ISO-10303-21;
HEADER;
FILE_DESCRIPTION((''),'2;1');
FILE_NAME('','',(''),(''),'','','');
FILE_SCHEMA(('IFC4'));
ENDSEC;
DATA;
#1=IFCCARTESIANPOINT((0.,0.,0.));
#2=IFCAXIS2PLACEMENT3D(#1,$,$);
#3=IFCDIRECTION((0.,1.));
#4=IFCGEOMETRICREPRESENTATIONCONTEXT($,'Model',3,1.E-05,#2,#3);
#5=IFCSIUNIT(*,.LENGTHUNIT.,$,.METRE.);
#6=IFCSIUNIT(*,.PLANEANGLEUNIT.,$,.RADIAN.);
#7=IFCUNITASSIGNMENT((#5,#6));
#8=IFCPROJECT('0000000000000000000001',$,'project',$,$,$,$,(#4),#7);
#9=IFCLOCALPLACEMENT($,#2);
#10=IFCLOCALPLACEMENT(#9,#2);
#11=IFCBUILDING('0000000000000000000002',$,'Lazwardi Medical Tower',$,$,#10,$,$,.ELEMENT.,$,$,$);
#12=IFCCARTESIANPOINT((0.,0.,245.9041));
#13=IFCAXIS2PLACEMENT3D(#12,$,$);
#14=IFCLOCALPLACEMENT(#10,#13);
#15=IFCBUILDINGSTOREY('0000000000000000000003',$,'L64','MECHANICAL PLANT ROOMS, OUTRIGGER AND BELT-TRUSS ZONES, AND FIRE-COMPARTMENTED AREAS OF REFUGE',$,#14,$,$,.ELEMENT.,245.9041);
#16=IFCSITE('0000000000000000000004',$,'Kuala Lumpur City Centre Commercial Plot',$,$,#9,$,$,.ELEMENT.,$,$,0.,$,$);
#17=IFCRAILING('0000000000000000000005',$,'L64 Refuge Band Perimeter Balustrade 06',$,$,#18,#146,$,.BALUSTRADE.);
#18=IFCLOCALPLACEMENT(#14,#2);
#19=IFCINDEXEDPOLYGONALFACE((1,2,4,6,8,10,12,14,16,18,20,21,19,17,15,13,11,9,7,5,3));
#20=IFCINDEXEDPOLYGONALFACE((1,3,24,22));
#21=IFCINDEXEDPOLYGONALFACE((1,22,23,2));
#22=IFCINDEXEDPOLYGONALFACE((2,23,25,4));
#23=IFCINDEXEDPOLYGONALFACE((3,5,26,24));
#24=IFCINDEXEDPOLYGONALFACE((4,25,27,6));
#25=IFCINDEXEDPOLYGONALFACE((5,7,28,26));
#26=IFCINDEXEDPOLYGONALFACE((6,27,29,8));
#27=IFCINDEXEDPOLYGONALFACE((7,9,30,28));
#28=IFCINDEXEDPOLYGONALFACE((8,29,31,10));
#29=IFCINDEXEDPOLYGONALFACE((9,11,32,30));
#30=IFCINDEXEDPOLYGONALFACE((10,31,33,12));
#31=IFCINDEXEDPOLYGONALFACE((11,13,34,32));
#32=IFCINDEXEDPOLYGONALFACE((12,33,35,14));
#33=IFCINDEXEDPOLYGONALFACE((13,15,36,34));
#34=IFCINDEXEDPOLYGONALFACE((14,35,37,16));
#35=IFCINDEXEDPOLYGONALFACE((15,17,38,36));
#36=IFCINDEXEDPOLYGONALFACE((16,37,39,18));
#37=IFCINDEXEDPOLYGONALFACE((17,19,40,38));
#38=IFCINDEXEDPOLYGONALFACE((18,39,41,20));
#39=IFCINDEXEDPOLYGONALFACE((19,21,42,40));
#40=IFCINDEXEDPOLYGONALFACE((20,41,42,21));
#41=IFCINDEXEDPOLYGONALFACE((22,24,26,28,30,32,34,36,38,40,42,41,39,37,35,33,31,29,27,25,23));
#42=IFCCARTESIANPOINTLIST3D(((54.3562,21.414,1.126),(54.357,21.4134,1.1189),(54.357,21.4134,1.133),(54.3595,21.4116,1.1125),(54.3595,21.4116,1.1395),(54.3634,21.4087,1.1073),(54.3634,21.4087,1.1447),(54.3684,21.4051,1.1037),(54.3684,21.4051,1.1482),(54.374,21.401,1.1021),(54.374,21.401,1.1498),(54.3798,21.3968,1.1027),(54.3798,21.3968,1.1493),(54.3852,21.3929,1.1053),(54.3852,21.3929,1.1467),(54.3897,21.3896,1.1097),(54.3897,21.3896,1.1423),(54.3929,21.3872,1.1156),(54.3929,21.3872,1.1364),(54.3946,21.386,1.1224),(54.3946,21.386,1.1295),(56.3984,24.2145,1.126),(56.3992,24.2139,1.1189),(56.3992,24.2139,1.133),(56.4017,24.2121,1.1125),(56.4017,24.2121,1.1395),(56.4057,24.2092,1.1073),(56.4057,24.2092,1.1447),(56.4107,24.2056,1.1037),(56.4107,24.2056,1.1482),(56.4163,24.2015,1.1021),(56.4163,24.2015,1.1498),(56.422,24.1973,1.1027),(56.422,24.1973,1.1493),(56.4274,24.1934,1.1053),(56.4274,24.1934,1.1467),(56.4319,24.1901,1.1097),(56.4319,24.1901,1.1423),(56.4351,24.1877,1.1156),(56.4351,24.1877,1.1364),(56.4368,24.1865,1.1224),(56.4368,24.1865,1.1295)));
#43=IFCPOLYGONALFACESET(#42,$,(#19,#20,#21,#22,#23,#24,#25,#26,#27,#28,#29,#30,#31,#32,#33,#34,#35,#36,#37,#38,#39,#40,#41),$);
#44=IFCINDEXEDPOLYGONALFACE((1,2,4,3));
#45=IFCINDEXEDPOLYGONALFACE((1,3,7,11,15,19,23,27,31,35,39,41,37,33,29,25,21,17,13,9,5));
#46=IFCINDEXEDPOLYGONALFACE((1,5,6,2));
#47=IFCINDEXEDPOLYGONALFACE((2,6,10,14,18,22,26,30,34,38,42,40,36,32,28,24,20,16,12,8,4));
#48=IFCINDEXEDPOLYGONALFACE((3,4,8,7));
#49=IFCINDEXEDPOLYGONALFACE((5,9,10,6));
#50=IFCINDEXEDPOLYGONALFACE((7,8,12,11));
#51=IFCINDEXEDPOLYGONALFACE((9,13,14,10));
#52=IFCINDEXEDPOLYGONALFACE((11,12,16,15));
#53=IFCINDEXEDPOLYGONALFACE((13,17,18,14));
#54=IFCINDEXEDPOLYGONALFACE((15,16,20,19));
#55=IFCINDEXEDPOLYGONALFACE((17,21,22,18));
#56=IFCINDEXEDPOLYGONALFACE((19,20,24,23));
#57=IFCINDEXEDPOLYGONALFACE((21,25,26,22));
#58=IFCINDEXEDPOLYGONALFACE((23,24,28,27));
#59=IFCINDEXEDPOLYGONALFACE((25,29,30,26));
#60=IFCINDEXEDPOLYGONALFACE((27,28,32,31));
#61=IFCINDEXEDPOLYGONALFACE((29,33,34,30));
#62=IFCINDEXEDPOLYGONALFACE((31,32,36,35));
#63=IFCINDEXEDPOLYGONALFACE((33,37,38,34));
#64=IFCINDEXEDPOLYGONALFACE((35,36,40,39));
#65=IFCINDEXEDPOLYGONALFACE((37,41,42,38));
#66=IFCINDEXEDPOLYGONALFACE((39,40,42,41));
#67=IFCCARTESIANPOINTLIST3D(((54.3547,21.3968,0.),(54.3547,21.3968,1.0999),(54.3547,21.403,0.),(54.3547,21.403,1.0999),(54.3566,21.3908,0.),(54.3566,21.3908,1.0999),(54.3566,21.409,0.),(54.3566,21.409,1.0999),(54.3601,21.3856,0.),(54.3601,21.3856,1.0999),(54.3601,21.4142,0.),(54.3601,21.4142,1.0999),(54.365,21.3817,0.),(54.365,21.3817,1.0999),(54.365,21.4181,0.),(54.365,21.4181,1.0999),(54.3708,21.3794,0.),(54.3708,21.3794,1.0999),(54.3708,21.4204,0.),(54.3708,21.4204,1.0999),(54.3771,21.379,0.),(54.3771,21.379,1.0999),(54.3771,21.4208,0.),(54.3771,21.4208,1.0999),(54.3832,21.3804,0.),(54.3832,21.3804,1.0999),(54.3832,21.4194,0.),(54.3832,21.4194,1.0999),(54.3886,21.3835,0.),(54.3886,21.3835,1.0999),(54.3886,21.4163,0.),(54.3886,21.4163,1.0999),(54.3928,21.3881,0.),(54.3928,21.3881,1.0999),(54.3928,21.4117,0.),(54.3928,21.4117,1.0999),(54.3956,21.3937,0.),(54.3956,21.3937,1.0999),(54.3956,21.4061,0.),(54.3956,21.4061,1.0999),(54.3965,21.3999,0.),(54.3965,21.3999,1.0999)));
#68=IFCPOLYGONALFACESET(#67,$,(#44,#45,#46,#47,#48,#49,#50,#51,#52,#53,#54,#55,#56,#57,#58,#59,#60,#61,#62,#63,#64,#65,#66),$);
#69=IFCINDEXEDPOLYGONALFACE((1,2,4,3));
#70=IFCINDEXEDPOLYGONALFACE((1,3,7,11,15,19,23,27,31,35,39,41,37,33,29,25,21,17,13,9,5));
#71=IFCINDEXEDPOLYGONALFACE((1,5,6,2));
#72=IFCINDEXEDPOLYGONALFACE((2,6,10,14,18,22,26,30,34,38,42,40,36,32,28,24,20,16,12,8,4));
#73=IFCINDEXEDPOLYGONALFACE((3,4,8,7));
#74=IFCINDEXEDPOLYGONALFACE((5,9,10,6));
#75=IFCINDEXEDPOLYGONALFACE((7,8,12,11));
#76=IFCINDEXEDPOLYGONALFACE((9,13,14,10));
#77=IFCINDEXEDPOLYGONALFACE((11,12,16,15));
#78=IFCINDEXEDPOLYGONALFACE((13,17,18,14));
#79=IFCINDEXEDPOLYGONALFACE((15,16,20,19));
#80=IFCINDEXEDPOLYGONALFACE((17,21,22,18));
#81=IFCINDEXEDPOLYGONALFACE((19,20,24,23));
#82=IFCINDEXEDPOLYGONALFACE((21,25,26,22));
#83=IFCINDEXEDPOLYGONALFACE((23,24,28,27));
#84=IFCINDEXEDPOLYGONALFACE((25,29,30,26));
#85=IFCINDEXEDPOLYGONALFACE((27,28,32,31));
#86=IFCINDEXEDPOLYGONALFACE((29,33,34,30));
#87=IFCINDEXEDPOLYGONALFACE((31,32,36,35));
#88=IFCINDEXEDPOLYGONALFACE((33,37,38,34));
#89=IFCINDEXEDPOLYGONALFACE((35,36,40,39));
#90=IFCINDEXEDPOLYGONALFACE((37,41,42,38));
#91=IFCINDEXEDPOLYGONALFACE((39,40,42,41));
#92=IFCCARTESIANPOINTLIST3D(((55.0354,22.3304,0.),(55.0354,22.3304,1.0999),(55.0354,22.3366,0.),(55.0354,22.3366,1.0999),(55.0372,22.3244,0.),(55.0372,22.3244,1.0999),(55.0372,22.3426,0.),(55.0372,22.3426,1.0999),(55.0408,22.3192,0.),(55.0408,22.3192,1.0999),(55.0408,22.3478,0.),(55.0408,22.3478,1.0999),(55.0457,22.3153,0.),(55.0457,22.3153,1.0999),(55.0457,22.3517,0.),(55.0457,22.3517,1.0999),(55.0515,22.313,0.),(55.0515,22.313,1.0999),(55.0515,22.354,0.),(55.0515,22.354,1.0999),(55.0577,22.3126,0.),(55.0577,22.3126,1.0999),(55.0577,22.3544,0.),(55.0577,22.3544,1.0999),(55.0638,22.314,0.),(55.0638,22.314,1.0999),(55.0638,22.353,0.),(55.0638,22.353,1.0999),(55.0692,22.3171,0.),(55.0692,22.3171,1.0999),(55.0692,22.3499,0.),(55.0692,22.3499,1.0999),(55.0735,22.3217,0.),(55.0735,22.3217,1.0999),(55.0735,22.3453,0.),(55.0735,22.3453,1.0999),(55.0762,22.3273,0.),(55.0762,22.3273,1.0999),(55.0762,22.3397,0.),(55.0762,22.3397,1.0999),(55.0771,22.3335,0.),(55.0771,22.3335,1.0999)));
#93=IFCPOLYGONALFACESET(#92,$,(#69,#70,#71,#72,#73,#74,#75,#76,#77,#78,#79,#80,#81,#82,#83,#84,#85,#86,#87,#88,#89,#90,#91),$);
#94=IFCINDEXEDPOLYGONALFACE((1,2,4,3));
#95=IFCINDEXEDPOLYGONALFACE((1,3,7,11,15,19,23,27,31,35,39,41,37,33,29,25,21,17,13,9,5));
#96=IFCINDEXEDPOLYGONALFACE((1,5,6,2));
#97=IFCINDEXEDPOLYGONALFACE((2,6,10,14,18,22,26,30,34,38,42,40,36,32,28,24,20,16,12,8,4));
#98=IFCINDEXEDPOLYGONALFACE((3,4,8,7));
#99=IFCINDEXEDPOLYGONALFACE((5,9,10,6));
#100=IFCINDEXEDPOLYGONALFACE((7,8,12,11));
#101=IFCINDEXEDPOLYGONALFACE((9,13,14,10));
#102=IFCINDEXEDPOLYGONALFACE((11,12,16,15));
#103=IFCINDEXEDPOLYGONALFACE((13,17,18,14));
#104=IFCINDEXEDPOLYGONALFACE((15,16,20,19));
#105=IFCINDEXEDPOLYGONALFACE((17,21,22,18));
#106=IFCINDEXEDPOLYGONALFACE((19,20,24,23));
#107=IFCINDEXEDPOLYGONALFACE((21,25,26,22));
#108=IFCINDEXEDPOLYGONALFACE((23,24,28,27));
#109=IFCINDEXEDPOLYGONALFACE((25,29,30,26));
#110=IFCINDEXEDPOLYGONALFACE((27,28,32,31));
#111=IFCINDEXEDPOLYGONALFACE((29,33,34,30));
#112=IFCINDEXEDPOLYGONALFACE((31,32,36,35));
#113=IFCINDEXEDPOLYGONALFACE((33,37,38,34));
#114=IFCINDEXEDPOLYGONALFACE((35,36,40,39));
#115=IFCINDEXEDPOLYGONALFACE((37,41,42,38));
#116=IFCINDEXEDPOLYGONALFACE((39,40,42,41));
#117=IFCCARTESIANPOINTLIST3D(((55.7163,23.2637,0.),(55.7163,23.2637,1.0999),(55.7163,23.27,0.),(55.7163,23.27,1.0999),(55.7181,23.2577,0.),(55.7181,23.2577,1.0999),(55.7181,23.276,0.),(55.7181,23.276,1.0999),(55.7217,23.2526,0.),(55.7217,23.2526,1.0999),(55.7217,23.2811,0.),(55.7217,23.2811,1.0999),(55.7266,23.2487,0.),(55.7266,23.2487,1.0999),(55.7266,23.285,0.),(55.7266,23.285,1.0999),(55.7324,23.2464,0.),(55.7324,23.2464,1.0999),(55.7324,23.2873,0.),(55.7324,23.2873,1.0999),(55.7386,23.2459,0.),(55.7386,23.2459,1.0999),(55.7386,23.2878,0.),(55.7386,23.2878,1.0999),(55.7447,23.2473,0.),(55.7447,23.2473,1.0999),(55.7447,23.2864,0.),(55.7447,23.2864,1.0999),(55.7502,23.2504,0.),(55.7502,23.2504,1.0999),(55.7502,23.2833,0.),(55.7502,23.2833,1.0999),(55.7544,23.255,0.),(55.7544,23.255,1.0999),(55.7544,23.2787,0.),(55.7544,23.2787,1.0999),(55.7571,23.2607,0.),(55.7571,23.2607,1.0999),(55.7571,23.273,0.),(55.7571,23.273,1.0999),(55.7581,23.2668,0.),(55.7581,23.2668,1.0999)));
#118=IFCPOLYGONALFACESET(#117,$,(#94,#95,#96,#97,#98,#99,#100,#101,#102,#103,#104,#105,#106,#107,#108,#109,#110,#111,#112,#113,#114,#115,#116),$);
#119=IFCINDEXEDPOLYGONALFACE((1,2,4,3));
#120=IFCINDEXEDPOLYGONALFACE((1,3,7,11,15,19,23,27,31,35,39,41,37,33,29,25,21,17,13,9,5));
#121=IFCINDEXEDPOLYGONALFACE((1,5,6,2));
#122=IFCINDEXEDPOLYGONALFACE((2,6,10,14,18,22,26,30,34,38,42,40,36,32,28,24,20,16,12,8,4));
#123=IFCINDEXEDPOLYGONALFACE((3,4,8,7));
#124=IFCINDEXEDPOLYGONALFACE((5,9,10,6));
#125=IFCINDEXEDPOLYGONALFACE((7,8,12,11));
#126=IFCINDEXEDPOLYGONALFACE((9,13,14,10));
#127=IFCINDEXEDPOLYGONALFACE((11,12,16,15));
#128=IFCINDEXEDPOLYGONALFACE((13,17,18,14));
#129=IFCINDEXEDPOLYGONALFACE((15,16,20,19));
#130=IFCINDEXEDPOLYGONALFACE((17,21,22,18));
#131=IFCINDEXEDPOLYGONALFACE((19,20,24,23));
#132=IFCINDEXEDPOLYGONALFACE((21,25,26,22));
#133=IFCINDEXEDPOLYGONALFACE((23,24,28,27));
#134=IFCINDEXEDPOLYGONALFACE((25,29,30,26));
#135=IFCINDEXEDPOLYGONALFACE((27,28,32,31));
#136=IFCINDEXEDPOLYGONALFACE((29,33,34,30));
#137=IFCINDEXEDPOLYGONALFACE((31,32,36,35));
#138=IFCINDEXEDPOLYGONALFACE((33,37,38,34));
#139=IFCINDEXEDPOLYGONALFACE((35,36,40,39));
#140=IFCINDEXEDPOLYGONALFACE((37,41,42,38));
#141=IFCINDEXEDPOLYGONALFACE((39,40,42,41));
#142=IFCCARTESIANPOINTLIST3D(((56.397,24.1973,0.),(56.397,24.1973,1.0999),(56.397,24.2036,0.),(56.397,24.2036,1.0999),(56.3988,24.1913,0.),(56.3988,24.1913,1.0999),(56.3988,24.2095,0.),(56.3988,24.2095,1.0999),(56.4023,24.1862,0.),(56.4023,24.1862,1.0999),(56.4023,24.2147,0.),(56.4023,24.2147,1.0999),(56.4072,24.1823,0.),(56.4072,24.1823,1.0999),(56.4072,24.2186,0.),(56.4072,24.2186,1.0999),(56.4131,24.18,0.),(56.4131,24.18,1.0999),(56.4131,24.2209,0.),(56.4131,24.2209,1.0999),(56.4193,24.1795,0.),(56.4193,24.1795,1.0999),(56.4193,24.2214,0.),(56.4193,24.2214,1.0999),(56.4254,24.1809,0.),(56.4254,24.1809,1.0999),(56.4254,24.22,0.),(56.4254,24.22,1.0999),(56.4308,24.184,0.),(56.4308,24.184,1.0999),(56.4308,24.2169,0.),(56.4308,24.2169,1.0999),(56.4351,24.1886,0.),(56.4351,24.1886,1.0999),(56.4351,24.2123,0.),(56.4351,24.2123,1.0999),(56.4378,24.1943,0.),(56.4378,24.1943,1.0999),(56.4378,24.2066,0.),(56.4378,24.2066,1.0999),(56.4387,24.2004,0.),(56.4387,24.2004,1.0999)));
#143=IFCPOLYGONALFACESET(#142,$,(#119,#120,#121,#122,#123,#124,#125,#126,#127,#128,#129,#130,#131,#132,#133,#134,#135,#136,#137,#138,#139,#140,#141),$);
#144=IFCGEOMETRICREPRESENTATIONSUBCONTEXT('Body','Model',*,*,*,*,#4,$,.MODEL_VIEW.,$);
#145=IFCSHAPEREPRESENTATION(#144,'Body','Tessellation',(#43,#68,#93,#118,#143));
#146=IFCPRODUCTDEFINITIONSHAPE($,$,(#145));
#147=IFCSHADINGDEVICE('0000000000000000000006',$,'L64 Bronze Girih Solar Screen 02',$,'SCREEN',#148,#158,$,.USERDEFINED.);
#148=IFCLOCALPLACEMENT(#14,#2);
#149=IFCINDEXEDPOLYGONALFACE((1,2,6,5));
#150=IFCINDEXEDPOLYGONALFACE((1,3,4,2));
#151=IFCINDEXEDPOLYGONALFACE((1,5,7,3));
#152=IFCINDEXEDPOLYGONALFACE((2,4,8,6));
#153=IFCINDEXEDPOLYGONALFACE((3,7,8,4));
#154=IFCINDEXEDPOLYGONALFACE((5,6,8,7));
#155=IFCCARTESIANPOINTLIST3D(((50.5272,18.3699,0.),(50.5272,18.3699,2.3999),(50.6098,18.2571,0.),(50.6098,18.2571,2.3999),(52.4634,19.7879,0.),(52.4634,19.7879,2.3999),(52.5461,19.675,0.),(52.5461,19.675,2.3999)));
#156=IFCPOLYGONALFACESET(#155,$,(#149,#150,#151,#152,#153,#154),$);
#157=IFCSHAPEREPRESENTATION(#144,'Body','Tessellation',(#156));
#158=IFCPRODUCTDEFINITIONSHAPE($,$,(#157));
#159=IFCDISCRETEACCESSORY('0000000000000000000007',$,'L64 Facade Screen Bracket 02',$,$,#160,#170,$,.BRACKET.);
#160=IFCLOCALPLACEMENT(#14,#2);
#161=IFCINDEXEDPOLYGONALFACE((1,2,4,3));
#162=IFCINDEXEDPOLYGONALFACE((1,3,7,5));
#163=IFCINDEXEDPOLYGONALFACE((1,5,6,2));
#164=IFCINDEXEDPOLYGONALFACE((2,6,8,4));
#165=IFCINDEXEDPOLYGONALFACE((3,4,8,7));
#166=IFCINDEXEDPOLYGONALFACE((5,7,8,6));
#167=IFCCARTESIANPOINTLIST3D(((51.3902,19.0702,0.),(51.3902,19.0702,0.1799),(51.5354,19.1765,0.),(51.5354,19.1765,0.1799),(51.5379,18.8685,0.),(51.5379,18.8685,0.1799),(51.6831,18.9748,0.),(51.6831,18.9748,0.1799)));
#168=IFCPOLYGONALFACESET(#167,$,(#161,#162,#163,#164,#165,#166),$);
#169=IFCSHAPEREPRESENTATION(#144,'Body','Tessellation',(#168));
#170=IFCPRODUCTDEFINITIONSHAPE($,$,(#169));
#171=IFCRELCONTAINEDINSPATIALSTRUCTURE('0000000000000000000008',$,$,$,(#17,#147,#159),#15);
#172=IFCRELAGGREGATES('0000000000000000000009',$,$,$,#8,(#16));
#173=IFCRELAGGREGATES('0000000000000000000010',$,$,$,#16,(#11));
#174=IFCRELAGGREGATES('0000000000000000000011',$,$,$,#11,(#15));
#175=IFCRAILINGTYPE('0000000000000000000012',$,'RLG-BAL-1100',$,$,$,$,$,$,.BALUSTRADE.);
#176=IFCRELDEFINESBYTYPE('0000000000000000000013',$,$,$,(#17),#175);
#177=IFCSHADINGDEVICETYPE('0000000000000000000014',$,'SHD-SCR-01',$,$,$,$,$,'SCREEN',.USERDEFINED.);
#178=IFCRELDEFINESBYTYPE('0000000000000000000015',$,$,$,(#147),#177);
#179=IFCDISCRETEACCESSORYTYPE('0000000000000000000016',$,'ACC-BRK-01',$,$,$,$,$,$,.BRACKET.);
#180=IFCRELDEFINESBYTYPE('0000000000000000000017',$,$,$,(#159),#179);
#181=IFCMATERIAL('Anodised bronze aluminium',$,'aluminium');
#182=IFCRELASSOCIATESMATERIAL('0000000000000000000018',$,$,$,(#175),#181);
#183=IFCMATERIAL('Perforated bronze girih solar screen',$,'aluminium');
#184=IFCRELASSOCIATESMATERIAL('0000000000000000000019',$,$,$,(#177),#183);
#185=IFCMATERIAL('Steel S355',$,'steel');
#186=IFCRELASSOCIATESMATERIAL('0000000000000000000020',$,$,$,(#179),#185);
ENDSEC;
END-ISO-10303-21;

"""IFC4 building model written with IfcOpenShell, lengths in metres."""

from ifc_helpers import new_model, si_unit, direction, frame, origin, origin_2d, place, context, subcontext, project, spatial, rectangle, circle, extrude, material, type_object, element, save


model = new_model("IFC4")

# Units and contexts
model_context = context("Model", 3, precision=1e-05, world=origin(), true_north=direction((0.0, 1.0)))
body_context = subcontext(model_context, "Body", "Model", "MODEL_VIEW")
ifc_project = project(units=[si_unit("LENGTHUNIT", "METRE"), si_unit("PLANEANGLEUNIT", "RADIAN")], contexts=[model_context])

# Site, building, storey
site_placement = place(None, origin())
site = spatial("IfcSite", under=ifc_project, at=site_placement, Name="Kuala Lumpur City Centre Commercial Plot", CompositionType="ELEMENT", RefElevation=0.0)
building_placement = place(site_placement, origin())
building = spatial("IfcBuilding", under=site, at=building_placement, Name="Lazwardi Medical Tower", CompositionType="ELEMENT")
storey_placement = place(building_placement, frame((0.0, 0.0, 245.9041)))
storey = spatial("IfcBuildingStorey", under=building, at=storey_placement, Name="L64", Description="MECHANICAL PLANT ROOMS, OUTRIGGER AND BELT-TRUSS ZONES, AND FIRE-COMPARTMENTED AREAS OF REFUGE", CompositionType="ELEMENT", Elevation=245.9041)

# Shared definitions
ifc_material_1 = material(Name="Steel S355", Category="steel")

# Railing
ifc_material_2 = material(Name="Anodised bronze aluminium", Category="aluminium")
railing_type = type_object("IfcRailingType", Name="RLG-BAL-1100", PredefinedType="BALUSTRADE", material=ifc_material_2)
railing_1_placement = place(storey_placement, frame((54.3755, 21.3999, 0.0)))
element("IfcRailing", 1, at=railing_1_placement, inside=storey, type_object=railing_type, Name="L64 Refuge Band Perimeter Balustrade 06", PredefinedType="BALUSTRADE", context=body_context, shape_type="SweptSolid", body=[
    extrude(circle(Radius=0.0239, at=origin_2d()), frame((0.0, 0.0, 1.126), z_axis=(0.589206, 0.807983, 0.0), x_axis=(-0.807983, 0.589206, 0.0)), (0.0, 0.0, 1.0), 3.4661),
    extrude(circle(Radius=0.021, at=origin_2d()), origin(), (0.0, 0.0, 1.0), 1.0999),
    extrude(circle(Radius=0.021, at=origin_2d()), frame((0.6807, 0.9336, 0.0)), (0.0, 0.0, 1.0), 1.0999),
    extrude(circle(Radius=0.021, at=origin_2d()), frame((1.3616, 1.8669, 0.0)), (0.0, 0.0, 1.0), 1.0999),
    extrude(circle(Radius=0.021, at=origin_2d()), frame((2.0422, 2.8005, 0.0)), (0.0, 0.0, 1.0), 1.0999),
])

# Shading device
ifc_material_3 = material(Name="Perforated bronze girih solar screen", Category="aluminium")
shading_device_type = type_object("IfcShadingDeviceType", Name="SHD-SCR-01", ElementType="SCREEN", PredefinedType="USERDEFINED", material=ifc_material_3)
shading_device_placement = place(storey_placement, frame((51.5366, 19.0225, 0.0), z_axis=(0.0, 0.0, 1.0), x_axis=(0.806793, 0.590834, 0.0)))
element("IfcShadingDevice", 2, at=shading_device_placement, inside=storey, type_object=shading_device_type, Name="L64 Bronze Girih Solar Screen 02", ObjectType="SCREEN", PredefinedType="USERDEFINED", context=body_context, shape_type="SweptSolid", body=[
    extrude(rectangle(XDim=2.3999, YDim=0.1399, at=origin_2d()), origin(), (0.0, 0.0, 1.0), 2.3999),
])

# Discrete accessory
discrete_accessory_type = type_object("IfcDiscreteAccessoryType", Name="ACC-BRK-01", PredefinedType="BRACKET", material=ifc_material_1)
discrete_accessory_placement = place(storey_placement, frame((51.5366, 19.0225, 0.0), z_axis=(0.0, 0.0, 1.0), x_axis=(0.806793, 0.590834, 0.0)))
element("IfcDiscreteAccessory", 3, at=discrete_accessory_placement, inside=storey, type_object=discrete_accessory_type, Name="L64 Facade Screen Bracket 02", PredefinedType="BRACKET", context=body_context, shape_type="SweptSolid", body=[
    extrude(rectangle(XDim=0.1799, YDim=0.25, at=origin_2d()), origin(), (0.0, 0.0, 1.0), 0.1799),
])

save(model, "model.ifc")
